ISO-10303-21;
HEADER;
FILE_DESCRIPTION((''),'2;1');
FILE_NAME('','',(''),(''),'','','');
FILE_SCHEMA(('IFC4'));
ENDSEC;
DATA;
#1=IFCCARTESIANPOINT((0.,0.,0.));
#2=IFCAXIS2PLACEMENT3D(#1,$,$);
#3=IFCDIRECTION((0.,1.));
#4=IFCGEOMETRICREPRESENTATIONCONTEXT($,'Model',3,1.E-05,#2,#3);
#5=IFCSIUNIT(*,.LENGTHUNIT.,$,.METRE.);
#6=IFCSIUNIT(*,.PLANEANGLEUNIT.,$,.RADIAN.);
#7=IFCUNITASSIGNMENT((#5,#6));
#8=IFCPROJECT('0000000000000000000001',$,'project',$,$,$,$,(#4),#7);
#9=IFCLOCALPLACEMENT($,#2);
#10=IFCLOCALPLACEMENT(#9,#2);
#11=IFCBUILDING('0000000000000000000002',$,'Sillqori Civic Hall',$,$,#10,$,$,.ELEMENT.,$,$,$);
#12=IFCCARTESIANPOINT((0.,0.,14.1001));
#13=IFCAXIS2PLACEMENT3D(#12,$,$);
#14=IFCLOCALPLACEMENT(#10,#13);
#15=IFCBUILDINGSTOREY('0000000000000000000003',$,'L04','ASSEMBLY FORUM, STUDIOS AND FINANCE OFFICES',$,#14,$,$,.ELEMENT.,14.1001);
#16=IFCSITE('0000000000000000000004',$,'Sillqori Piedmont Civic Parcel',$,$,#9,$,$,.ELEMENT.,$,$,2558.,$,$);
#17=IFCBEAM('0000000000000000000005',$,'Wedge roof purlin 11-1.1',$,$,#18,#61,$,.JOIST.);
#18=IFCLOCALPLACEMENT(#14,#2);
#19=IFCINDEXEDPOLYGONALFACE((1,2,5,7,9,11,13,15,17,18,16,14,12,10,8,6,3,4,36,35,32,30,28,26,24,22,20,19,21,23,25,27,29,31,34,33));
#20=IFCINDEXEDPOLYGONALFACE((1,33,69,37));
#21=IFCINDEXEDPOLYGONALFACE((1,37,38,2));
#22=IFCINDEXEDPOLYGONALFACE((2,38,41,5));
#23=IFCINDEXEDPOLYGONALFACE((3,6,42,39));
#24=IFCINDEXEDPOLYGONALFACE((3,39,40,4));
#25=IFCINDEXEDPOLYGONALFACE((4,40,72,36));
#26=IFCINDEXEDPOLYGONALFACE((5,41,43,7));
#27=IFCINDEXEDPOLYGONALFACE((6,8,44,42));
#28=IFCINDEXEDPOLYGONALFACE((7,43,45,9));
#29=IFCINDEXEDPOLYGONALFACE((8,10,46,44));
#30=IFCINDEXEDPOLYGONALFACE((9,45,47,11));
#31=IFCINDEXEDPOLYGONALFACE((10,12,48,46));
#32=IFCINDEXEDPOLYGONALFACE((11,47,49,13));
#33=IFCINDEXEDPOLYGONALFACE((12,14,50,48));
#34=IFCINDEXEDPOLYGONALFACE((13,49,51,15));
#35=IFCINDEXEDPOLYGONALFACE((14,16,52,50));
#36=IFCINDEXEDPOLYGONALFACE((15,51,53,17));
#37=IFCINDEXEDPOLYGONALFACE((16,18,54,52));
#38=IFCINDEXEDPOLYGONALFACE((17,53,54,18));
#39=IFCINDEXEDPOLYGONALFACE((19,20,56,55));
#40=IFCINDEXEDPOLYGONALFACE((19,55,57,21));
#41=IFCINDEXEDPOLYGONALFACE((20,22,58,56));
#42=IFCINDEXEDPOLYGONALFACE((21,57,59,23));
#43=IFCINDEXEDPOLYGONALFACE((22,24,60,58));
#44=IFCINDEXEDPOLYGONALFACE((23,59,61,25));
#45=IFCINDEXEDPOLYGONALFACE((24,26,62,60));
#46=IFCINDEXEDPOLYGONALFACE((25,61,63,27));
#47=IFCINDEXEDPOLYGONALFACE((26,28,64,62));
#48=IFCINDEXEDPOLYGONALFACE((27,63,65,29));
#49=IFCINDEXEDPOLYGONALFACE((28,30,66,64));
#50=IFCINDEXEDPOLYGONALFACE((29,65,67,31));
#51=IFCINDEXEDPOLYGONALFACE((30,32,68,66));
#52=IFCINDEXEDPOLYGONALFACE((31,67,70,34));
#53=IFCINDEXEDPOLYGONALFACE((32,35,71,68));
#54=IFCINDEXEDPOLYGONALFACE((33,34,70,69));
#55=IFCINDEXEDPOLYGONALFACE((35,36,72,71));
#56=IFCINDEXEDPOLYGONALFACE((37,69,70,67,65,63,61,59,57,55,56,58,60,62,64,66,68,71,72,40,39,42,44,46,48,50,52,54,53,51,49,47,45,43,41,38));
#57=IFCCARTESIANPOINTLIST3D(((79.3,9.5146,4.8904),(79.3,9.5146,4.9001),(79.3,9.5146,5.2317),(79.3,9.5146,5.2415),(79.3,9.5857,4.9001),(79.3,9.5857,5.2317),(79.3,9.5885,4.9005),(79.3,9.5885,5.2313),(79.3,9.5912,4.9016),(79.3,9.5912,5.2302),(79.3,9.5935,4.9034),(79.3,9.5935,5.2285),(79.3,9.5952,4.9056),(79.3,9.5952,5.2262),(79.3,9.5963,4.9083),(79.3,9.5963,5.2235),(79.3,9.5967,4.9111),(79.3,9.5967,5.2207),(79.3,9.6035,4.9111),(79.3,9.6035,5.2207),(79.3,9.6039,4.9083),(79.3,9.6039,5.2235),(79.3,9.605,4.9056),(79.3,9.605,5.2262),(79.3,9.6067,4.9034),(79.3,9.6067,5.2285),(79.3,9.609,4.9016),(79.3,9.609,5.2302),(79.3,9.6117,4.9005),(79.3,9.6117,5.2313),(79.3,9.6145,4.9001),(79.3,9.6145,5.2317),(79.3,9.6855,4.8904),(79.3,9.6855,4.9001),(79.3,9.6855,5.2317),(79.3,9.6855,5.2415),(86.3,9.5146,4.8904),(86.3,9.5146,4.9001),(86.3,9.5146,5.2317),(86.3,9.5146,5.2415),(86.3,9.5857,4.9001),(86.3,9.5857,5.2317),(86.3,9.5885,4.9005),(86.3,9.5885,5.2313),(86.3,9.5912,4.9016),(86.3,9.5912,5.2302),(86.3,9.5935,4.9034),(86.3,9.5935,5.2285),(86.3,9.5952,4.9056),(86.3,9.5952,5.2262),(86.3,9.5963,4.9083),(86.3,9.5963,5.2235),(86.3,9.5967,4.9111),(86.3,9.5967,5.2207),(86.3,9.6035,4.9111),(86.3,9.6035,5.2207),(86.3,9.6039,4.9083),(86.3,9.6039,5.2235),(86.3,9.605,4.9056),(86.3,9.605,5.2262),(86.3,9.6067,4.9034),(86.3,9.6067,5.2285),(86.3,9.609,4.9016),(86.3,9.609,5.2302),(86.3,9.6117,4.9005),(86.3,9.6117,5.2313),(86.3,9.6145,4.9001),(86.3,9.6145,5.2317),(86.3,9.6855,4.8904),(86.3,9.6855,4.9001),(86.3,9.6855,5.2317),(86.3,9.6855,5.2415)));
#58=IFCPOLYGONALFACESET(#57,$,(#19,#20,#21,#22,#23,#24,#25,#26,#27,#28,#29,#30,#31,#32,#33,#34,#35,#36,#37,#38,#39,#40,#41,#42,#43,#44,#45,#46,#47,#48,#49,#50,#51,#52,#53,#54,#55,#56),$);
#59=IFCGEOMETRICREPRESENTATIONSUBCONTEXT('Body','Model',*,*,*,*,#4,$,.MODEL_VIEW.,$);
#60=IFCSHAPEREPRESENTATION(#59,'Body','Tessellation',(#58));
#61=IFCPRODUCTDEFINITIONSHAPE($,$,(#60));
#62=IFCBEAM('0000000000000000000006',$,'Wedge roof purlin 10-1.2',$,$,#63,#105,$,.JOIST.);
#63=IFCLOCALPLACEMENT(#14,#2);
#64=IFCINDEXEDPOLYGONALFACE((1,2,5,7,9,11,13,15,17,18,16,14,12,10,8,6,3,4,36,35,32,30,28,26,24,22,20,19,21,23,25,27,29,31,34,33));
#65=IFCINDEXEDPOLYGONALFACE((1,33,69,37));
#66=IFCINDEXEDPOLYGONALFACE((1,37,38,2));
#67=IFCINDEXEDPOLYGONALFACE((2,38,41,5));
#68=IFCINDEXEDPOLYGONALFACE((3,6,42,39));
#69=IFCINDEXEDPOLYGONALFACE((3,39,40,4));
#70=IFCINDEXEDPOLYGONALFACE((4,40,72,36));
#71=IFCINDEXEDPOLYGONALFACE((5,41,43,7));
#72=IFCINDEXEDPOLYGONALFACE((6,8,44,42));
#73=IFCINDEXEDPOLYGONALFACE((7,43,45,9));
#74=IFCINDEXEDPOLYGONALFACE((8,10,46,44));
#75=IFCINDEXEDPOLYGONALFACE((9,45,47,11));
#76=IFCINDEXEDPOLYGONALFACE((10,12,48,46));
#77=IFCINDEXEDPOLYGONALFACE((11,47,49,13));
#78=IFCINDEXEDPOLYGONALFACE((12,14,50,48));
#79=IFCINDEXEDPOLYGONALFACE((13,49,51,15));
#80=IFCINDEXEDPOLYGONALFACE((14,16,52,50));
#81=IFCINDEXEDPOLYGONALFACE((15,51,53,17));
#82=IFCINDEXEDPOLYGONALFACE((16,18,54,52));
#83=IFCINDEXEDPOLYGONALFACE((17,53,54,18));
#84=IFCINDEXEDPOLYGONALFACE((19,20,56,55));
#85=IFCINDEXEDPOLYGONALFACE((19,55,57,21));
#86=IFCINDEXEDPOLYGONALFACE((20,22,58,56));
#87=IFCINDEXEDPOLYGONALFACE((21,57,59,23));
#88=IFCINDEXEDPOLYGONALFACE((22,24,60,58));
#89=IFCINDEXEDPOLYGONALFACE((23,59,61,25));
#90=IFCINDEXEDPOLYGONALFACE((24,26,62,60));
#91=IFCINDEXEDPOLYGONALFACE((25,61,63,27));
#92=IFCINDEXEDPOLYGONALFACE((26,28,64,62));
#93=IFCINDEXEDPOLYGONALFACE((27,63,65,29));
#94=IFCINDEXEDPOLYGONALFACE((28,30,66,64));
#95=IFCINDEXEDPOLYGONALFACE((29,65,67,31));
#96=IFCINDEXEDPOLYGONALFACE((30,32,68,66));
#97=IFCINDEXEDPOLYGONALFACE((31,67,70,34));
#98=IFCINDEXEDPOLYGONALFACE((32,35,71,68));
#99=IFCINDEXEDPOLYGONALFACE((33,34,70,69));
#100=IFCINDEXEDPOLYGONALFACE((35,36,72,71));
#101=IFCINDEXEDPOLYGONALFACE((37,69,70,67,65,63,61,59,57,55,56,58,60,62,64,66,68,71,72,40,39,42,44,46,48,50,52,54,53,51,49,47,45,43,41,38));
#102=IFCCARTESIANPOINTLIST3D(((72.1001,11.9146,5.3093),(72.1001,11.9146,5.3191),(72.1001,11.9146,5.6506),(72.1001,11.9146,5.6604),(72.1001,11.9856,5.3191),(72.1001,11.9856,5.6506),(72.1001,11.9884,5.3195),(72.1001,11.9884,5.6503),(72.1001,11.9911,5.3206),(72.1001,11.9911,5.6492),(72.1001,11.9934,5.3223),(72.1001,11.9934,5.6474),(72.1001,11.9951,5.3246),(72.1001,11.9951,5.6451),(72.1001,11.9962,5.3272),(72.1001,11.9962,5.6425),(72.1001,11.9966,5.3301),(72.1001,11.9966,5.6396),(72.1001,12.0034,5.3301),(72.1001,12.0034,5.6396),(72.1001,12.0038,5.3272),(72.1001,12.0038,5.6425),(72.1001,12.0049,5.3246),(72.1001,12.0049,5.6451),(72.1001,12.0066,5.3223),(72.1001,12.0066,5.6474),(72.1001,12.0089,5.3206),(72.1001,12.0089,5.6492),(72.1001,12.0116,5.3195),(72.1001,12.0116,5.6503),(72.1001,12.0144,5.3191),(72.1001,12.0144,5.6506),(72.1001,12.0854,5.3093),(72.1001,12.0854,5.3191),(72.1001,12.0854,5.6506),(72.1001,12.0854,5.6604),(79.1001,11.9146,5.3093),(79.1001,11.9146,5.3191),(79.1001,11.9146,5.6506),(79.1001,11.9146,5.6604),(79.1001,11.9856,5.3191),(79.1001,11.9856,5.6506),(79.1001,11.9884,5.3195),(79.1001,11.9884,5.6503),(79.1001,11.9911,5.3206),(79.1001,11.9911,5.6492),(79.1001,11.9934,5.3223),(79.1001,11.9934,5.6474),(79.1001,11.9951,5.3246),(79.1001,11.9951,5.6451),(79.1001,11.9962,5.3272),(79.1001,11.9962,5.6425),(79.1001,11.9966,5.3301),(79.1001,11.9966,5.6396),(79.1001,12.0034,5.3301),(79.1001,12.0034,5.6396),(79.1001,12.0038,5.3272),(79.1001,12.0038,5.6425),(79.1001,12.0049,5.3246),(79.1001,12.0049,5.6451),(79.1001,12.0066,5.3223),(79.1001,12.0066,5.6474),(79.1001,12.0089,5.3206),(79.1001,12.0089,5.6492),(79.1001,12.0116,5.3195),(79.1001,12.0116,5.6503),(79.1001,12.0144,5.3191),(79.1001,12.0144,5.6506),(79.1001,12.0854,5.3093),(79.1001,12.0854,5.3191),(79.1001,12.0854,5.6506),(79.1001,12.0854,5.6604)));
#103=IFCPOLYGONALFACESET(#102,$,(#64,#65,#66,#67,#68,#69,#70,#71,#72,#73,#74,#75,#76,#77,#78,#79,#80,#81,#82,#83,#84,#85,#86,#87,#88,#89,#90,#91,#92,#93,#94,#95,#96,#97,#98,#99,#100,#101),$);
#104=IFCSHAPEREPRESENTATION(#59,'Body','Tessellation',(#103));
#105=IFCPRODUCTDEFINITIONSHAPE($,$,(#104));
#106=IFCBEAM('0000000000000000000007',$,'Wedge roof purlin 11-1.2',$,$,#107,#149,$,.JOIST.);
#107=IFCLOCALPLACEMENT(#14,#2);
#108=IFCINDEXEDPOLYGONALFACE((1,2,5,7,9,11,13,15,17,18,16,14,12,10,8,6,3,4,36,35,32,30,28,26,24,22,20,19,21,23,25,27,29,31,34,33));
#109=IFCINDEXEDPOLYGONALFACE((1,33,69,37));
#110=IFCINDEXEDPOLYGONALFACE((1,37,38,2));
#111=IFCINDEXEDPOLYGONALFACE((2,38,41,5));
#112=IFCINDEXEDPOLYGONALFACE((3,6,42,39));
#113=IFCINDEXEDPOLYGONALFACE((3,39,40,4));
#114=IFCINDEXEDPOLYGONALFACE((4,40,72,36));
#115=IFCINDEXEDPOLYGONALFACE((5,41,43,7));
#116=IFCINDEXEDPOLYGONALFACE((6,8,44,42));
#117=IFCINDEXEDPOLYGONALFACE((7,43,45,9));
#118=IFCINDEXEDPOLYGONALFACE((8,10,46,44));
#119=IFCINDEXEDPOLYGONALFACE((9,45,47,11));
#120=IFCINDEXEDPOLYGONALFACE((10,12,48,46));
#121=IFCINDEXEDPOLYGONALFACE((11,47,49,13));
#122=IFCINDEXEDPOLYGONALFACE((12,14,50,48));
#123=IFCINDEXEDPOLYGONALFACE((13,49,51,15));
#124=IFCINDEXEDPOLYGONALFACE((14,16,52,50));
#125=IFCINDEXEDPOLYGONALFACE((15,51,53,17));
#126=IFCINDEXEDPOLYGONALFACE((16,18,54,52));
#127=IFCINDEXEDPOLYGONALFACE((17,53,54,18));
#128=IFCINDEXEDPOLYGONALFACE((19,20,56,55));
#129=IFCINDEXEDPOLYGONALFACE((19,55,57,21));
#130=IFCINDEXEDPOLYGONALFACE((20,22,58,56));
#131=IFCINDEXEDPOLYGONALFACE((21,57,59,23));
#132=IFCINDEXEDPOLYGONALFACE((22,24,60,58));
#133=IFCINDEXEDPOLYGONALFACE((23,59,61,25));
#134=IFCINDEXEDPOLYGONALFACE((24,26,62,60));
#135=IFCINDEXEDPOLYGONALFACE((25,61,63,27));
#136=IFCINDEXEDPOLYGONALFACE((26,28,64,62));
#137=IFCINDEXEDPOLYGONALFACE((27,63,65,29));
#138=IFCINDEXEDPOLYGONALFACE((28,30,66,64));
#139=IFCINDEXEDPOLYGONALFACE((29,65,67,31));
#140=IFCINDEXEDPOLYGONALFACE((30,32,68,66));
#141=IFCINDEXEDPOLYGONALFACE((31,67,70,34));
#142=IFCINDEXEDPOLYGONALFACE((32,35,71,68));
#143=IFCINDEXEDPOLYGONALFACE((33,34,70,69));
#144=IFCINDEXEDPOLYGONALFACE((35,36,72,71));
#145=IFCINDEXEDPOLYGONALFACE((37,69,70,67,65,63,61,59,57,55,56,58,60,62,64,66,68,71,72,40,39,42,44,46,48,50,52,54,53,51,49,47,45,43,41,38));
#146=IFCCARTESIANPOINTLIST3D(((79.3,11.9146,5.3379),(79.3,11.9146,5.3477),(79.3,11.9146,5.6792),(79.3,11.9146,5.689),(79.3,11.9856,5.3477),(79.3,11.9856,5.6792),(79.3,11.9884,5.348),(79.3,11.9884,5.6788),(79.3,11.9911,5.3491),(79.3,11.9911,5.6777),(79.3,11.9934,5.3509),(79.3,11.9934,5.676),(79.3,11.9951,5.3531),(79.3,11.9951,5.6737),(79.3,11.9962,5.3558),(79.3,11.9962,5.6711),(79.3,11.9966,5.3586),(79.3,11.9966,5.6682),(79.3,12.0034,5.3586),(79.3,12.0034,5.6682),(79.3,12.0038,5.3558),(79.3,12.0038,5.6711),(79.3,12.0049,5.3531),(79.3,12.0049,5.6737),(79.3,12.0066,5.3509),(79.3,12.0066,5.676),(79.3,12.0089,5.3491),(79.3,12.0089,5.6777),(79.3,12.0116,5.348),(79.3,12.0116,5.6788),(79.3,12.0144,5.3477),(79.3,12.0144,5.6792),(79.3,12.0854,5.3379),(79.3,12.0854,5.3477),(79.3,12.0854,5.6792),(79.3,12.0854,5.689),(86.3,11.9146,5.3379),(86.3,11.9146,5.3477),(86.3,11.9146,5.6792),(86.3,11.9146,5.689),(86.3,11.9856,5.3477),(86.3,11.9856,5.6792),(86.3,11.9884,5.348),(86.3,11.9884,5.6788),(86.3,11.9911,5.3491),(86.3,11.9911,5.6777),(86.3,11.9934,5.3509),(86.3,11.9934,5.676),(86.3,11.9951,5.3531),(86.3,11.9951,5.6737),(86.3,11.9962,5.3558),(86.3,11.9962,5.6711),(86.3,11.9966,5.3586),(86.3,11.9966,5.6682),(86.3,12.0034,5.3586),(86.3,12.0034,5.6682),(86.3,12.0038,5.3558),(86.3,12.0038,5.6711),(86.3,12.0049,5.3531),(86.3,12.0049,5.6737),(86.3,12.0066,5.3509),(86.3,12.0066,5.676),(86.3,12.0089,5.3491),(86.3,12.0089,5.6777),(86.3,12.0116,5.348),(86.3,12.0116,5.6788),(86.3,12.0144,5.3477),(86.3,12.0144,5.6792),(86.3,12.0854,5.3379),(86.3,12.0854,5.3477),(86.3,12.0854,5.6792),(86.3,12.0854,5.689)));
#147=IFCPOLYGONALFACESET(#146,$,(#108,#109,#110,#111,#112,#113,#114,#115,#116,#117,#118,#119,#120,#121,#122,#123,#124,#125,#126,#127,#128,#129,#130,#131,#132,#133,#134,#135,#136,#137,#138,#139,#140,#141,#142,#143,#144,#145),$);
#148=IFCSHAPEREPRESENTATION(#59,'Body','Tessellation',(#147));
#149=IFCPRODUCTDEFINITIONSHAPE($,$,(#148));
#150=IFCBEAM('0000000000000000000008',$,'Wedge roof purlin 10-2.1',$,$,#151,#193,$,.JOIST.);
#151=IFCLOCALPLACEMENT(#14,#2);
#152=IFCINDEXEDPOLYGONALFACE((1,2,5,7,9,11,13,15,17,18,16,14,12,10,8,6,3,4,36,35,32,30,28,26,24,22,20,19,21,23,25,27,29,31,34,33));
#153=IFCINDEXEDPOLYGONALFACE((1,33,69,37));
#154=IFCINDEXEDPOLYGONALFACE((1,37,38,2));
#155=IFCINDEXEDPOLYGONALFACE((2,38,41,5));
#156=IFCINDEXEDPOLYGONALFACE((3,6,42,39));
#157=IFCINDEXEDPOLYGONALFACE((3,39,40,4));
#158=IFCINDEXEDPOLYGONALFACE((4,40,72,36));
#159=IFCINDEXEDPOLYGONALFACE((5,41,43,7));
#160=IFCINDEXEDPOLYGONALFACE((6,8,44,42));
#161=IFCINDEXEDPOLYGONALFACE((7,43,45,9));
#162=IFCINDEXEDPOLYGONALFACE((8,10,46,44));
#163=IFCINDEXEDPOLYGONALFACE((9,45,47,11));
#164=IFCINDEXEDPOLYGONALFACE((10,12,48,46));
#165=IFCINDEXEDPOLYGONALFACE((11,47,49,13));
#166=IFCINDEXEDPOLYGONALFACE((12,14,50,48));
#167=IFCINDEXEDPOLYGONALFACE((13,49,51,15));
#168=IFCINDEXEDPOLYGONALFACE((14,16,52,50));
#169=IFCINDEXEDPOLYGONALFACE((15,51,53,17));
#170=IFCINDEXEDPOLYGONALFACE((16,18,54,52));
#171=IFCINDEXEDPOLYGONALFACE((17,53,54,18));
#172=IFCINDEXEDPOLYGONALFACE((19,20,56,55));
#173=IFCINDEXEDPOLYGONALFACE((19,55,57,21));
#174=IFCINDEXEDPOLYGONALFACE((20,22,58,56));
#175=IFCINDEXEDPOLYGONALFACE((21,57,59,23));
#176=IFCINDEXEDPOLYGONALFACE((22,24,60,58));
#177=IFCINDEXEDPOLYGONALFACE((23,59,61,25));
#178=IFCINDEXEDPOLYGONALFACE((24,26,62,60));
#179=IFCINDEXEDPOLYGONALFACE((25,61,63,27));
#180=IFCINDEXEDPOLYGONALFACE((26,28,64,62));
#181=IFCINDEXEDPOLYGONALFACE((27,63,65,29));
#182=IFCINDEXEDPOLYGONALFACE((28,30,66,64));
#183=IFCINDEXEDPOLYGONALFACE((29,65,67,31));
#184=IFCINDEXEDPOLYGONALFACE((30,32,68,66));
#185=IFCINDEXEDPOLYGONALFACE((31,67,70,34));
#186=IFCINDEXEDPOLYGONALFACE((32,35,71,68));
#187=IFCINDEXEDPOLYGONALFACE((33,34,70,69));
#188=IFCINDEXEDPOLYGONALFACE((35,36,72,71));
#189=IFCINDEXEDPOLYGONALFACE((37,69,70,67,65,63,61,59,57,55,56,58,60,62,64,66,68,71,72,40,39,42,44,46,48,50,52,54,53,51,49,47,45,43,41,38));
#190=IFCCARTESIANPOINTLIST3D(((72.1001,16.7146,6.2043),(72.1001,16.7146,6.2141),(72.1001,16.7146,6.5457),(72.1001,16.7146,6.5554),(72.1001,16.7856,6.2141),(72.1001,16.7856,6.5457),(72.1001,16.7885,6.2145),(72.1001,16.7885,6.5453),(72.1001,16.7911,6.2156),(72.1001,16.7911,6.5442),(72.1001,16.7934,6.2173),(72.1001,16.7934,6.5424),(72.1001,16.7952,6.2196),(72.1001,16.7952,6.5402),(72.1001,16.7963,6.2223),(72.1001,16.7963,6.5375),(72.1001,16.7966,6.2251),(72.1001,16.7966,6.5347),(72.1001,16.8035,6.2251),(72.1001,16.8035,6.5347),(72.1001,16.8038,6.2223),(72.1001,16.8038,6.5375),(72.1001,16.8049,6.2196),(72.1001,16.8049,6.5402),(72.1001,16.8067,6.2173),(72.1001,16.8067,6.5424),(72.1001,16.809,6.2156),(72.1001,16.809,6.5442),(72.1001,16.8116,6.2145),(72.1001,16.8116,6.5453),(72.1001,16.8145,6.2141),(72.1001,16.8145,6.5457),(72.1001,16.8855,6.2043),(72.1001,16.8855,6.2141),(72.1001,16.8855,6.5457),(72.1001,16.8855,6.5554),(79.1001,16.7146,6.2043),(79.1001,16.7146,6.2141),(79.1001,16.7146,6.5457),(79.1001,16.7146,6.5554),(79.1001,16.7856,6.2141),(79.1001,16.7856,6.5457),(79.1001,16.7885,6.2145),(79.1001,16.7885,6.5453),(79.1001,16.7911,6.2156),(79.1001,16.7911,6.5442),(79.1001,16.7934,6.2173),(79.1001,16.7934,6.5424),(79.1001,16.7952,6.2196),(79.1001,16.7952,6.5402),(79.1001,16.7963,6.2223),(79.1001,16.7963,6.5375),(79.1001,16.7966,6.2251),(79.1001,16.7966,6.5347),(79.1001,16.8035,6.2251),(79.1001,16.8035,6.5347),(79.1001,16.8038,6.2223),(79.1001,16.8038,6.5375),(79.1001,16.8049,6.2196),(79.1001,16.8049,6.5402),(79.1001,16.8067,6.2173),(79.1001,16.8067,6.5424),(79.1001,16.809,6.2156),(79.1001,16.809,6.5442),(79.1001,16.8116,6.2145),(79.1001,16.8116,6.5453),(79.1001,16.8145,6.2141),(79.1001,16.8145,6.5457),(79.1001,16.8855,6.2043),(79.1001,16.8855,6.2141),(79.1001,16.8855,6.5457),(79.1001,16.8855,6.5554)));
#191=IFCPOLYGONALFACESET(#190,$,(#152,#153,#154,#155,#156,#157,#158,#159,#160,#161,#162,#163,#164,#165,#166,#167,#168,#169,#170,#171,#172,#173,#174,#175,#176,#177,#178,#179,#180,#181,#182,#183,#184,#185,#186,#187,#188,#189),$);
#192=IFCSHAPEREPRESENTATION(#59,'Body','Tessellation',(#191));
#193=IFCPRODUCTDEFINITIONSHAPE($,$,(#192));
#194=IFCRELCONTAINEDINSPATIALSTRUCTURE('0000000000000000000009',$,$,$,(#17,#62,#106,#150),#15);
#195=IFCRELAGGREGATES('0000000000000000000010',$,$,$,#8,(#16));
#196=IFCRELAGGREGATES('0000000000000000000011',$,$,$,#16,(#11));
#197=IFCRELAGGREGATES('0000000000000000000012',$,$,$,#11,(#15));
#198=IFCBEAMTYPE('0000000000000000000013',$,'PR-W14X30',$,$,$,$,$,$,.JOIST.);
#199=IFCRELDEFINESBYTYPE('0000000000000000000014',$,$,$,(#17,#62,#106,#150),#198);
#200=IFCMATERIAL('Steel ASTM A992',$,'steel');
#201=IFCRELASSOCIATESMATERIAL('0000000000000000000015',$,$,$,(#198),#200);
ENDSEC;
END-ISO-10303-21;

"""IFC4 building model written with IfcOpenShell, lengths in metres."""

from ifc_helpers import new_model, si_unit, direction, frame, origin, origin_2d, place, context, subcontext, project, spatial, i_section, extrude, material, material_profile, profile_set, type_object, element, save


model = new_model("IFC4")

# Units and contexts
model_context = context("Model", 3, precision=1e-05, world=origin(), true_north=direction((0.0, 1.0)))
body_context = subcontext(model_context, "Body", "Model", "MODEL_VIEW")
ifc_project = project(units=[si_unit("LENGTHUNIT", "METRE"), si_unit("PLANEANGLEUNIT", "RADIAN")], contexts=[model_context])

# Site, building, storey
site_placement = place(None, origin())
site = spatial("IfcSite", under=ifc_project, at=site_placement, Name="Sillqori Piedmont Civic Parcel", CompositionType="ELEMENT", RefElevation=2558.0)
building_placement = place(site_placement, origin())
building = spatial("IfcBuilding", under=site, at=building_placement, Name="Sillqori Civic Hall", CompositionType="ELEMENT")
storey_placement = place(building_placement, frame((0.0, 0.0, 14.1001)))
storey = spatial("IfcBuildingStorey", under=building, at=storey_placement, Name="L04", Description="ASSEMBLY FORUM, STUDIOS AND FINANCE OFFICES", CompositionType="ELEMENT", Elevation=14.1001)

# Shared definitions
ifc_material_1 = material(Name="Steel ASTM A992", Category="steel")

# Beams
ifc_material_profile_1 = material_profile(ifc_material_1, i_section(OverallWidth=0.1709, OverallDepth=0.3511, WebThickness=0.0068, FlangeThickness=0.0098, FilletRadius=0.011, at=origin_2d()), Name="W14X30")
ifc_profile_set_1 = profile_set([ifc_material_profile_1], Name="Steel ASTM A992")
beam_type_1 = type_object("IfcBeamType", Name="PR-W14X30", PredefinedType="JOIST", material=ifc_profile_set_1)
for number, where, z_axis, x_axis, name in (
    (1, (79.3, 9.6001, 5.0659), (1.0, 0.0, 0.0), (0.0, 1.0, 0.0), "Wedge roof purlin 11-1.1"),
    (2, (72.1001, 12.0, 5.4849), (1.0, 0.0, 0.0), (0.0, 1.0, 0.0), "Wedge roof purlin 10-1.2"),
    (3, (79.3, 12.0, 5.5134), (1.0, 0.0, 0.0), (0.0, 1.0, 0.0), "Wedge roof purlin 11-1.2"),
    (4, (72.1001, 16.8, 6.3799), (1.0, 0.0, 0.0), (0.0, 1.0, 0.0), "Wedge roof purlin 10-2.1"),
):
    element("IfcBeam", number, at=place(storey_placement, frame(where, z_axis=z_axis, x_axis=x_axis)), inside=storey, type_object=beam_type_1, Name=name, PredefinedType="JOIST", context=body_context, shape_type="SweptSolid", body=[
        extrude(i_section(OverallWidth=0.1709, OverallDepth=0.3511, WebThickness=0.0068, FlangeThickness=0.0098, FilletRadius=0.011, at=origin_2d()), origin(), (0.0, 0.0, 1.0), 7.0),
    ])

save(model, "model.ifc")
